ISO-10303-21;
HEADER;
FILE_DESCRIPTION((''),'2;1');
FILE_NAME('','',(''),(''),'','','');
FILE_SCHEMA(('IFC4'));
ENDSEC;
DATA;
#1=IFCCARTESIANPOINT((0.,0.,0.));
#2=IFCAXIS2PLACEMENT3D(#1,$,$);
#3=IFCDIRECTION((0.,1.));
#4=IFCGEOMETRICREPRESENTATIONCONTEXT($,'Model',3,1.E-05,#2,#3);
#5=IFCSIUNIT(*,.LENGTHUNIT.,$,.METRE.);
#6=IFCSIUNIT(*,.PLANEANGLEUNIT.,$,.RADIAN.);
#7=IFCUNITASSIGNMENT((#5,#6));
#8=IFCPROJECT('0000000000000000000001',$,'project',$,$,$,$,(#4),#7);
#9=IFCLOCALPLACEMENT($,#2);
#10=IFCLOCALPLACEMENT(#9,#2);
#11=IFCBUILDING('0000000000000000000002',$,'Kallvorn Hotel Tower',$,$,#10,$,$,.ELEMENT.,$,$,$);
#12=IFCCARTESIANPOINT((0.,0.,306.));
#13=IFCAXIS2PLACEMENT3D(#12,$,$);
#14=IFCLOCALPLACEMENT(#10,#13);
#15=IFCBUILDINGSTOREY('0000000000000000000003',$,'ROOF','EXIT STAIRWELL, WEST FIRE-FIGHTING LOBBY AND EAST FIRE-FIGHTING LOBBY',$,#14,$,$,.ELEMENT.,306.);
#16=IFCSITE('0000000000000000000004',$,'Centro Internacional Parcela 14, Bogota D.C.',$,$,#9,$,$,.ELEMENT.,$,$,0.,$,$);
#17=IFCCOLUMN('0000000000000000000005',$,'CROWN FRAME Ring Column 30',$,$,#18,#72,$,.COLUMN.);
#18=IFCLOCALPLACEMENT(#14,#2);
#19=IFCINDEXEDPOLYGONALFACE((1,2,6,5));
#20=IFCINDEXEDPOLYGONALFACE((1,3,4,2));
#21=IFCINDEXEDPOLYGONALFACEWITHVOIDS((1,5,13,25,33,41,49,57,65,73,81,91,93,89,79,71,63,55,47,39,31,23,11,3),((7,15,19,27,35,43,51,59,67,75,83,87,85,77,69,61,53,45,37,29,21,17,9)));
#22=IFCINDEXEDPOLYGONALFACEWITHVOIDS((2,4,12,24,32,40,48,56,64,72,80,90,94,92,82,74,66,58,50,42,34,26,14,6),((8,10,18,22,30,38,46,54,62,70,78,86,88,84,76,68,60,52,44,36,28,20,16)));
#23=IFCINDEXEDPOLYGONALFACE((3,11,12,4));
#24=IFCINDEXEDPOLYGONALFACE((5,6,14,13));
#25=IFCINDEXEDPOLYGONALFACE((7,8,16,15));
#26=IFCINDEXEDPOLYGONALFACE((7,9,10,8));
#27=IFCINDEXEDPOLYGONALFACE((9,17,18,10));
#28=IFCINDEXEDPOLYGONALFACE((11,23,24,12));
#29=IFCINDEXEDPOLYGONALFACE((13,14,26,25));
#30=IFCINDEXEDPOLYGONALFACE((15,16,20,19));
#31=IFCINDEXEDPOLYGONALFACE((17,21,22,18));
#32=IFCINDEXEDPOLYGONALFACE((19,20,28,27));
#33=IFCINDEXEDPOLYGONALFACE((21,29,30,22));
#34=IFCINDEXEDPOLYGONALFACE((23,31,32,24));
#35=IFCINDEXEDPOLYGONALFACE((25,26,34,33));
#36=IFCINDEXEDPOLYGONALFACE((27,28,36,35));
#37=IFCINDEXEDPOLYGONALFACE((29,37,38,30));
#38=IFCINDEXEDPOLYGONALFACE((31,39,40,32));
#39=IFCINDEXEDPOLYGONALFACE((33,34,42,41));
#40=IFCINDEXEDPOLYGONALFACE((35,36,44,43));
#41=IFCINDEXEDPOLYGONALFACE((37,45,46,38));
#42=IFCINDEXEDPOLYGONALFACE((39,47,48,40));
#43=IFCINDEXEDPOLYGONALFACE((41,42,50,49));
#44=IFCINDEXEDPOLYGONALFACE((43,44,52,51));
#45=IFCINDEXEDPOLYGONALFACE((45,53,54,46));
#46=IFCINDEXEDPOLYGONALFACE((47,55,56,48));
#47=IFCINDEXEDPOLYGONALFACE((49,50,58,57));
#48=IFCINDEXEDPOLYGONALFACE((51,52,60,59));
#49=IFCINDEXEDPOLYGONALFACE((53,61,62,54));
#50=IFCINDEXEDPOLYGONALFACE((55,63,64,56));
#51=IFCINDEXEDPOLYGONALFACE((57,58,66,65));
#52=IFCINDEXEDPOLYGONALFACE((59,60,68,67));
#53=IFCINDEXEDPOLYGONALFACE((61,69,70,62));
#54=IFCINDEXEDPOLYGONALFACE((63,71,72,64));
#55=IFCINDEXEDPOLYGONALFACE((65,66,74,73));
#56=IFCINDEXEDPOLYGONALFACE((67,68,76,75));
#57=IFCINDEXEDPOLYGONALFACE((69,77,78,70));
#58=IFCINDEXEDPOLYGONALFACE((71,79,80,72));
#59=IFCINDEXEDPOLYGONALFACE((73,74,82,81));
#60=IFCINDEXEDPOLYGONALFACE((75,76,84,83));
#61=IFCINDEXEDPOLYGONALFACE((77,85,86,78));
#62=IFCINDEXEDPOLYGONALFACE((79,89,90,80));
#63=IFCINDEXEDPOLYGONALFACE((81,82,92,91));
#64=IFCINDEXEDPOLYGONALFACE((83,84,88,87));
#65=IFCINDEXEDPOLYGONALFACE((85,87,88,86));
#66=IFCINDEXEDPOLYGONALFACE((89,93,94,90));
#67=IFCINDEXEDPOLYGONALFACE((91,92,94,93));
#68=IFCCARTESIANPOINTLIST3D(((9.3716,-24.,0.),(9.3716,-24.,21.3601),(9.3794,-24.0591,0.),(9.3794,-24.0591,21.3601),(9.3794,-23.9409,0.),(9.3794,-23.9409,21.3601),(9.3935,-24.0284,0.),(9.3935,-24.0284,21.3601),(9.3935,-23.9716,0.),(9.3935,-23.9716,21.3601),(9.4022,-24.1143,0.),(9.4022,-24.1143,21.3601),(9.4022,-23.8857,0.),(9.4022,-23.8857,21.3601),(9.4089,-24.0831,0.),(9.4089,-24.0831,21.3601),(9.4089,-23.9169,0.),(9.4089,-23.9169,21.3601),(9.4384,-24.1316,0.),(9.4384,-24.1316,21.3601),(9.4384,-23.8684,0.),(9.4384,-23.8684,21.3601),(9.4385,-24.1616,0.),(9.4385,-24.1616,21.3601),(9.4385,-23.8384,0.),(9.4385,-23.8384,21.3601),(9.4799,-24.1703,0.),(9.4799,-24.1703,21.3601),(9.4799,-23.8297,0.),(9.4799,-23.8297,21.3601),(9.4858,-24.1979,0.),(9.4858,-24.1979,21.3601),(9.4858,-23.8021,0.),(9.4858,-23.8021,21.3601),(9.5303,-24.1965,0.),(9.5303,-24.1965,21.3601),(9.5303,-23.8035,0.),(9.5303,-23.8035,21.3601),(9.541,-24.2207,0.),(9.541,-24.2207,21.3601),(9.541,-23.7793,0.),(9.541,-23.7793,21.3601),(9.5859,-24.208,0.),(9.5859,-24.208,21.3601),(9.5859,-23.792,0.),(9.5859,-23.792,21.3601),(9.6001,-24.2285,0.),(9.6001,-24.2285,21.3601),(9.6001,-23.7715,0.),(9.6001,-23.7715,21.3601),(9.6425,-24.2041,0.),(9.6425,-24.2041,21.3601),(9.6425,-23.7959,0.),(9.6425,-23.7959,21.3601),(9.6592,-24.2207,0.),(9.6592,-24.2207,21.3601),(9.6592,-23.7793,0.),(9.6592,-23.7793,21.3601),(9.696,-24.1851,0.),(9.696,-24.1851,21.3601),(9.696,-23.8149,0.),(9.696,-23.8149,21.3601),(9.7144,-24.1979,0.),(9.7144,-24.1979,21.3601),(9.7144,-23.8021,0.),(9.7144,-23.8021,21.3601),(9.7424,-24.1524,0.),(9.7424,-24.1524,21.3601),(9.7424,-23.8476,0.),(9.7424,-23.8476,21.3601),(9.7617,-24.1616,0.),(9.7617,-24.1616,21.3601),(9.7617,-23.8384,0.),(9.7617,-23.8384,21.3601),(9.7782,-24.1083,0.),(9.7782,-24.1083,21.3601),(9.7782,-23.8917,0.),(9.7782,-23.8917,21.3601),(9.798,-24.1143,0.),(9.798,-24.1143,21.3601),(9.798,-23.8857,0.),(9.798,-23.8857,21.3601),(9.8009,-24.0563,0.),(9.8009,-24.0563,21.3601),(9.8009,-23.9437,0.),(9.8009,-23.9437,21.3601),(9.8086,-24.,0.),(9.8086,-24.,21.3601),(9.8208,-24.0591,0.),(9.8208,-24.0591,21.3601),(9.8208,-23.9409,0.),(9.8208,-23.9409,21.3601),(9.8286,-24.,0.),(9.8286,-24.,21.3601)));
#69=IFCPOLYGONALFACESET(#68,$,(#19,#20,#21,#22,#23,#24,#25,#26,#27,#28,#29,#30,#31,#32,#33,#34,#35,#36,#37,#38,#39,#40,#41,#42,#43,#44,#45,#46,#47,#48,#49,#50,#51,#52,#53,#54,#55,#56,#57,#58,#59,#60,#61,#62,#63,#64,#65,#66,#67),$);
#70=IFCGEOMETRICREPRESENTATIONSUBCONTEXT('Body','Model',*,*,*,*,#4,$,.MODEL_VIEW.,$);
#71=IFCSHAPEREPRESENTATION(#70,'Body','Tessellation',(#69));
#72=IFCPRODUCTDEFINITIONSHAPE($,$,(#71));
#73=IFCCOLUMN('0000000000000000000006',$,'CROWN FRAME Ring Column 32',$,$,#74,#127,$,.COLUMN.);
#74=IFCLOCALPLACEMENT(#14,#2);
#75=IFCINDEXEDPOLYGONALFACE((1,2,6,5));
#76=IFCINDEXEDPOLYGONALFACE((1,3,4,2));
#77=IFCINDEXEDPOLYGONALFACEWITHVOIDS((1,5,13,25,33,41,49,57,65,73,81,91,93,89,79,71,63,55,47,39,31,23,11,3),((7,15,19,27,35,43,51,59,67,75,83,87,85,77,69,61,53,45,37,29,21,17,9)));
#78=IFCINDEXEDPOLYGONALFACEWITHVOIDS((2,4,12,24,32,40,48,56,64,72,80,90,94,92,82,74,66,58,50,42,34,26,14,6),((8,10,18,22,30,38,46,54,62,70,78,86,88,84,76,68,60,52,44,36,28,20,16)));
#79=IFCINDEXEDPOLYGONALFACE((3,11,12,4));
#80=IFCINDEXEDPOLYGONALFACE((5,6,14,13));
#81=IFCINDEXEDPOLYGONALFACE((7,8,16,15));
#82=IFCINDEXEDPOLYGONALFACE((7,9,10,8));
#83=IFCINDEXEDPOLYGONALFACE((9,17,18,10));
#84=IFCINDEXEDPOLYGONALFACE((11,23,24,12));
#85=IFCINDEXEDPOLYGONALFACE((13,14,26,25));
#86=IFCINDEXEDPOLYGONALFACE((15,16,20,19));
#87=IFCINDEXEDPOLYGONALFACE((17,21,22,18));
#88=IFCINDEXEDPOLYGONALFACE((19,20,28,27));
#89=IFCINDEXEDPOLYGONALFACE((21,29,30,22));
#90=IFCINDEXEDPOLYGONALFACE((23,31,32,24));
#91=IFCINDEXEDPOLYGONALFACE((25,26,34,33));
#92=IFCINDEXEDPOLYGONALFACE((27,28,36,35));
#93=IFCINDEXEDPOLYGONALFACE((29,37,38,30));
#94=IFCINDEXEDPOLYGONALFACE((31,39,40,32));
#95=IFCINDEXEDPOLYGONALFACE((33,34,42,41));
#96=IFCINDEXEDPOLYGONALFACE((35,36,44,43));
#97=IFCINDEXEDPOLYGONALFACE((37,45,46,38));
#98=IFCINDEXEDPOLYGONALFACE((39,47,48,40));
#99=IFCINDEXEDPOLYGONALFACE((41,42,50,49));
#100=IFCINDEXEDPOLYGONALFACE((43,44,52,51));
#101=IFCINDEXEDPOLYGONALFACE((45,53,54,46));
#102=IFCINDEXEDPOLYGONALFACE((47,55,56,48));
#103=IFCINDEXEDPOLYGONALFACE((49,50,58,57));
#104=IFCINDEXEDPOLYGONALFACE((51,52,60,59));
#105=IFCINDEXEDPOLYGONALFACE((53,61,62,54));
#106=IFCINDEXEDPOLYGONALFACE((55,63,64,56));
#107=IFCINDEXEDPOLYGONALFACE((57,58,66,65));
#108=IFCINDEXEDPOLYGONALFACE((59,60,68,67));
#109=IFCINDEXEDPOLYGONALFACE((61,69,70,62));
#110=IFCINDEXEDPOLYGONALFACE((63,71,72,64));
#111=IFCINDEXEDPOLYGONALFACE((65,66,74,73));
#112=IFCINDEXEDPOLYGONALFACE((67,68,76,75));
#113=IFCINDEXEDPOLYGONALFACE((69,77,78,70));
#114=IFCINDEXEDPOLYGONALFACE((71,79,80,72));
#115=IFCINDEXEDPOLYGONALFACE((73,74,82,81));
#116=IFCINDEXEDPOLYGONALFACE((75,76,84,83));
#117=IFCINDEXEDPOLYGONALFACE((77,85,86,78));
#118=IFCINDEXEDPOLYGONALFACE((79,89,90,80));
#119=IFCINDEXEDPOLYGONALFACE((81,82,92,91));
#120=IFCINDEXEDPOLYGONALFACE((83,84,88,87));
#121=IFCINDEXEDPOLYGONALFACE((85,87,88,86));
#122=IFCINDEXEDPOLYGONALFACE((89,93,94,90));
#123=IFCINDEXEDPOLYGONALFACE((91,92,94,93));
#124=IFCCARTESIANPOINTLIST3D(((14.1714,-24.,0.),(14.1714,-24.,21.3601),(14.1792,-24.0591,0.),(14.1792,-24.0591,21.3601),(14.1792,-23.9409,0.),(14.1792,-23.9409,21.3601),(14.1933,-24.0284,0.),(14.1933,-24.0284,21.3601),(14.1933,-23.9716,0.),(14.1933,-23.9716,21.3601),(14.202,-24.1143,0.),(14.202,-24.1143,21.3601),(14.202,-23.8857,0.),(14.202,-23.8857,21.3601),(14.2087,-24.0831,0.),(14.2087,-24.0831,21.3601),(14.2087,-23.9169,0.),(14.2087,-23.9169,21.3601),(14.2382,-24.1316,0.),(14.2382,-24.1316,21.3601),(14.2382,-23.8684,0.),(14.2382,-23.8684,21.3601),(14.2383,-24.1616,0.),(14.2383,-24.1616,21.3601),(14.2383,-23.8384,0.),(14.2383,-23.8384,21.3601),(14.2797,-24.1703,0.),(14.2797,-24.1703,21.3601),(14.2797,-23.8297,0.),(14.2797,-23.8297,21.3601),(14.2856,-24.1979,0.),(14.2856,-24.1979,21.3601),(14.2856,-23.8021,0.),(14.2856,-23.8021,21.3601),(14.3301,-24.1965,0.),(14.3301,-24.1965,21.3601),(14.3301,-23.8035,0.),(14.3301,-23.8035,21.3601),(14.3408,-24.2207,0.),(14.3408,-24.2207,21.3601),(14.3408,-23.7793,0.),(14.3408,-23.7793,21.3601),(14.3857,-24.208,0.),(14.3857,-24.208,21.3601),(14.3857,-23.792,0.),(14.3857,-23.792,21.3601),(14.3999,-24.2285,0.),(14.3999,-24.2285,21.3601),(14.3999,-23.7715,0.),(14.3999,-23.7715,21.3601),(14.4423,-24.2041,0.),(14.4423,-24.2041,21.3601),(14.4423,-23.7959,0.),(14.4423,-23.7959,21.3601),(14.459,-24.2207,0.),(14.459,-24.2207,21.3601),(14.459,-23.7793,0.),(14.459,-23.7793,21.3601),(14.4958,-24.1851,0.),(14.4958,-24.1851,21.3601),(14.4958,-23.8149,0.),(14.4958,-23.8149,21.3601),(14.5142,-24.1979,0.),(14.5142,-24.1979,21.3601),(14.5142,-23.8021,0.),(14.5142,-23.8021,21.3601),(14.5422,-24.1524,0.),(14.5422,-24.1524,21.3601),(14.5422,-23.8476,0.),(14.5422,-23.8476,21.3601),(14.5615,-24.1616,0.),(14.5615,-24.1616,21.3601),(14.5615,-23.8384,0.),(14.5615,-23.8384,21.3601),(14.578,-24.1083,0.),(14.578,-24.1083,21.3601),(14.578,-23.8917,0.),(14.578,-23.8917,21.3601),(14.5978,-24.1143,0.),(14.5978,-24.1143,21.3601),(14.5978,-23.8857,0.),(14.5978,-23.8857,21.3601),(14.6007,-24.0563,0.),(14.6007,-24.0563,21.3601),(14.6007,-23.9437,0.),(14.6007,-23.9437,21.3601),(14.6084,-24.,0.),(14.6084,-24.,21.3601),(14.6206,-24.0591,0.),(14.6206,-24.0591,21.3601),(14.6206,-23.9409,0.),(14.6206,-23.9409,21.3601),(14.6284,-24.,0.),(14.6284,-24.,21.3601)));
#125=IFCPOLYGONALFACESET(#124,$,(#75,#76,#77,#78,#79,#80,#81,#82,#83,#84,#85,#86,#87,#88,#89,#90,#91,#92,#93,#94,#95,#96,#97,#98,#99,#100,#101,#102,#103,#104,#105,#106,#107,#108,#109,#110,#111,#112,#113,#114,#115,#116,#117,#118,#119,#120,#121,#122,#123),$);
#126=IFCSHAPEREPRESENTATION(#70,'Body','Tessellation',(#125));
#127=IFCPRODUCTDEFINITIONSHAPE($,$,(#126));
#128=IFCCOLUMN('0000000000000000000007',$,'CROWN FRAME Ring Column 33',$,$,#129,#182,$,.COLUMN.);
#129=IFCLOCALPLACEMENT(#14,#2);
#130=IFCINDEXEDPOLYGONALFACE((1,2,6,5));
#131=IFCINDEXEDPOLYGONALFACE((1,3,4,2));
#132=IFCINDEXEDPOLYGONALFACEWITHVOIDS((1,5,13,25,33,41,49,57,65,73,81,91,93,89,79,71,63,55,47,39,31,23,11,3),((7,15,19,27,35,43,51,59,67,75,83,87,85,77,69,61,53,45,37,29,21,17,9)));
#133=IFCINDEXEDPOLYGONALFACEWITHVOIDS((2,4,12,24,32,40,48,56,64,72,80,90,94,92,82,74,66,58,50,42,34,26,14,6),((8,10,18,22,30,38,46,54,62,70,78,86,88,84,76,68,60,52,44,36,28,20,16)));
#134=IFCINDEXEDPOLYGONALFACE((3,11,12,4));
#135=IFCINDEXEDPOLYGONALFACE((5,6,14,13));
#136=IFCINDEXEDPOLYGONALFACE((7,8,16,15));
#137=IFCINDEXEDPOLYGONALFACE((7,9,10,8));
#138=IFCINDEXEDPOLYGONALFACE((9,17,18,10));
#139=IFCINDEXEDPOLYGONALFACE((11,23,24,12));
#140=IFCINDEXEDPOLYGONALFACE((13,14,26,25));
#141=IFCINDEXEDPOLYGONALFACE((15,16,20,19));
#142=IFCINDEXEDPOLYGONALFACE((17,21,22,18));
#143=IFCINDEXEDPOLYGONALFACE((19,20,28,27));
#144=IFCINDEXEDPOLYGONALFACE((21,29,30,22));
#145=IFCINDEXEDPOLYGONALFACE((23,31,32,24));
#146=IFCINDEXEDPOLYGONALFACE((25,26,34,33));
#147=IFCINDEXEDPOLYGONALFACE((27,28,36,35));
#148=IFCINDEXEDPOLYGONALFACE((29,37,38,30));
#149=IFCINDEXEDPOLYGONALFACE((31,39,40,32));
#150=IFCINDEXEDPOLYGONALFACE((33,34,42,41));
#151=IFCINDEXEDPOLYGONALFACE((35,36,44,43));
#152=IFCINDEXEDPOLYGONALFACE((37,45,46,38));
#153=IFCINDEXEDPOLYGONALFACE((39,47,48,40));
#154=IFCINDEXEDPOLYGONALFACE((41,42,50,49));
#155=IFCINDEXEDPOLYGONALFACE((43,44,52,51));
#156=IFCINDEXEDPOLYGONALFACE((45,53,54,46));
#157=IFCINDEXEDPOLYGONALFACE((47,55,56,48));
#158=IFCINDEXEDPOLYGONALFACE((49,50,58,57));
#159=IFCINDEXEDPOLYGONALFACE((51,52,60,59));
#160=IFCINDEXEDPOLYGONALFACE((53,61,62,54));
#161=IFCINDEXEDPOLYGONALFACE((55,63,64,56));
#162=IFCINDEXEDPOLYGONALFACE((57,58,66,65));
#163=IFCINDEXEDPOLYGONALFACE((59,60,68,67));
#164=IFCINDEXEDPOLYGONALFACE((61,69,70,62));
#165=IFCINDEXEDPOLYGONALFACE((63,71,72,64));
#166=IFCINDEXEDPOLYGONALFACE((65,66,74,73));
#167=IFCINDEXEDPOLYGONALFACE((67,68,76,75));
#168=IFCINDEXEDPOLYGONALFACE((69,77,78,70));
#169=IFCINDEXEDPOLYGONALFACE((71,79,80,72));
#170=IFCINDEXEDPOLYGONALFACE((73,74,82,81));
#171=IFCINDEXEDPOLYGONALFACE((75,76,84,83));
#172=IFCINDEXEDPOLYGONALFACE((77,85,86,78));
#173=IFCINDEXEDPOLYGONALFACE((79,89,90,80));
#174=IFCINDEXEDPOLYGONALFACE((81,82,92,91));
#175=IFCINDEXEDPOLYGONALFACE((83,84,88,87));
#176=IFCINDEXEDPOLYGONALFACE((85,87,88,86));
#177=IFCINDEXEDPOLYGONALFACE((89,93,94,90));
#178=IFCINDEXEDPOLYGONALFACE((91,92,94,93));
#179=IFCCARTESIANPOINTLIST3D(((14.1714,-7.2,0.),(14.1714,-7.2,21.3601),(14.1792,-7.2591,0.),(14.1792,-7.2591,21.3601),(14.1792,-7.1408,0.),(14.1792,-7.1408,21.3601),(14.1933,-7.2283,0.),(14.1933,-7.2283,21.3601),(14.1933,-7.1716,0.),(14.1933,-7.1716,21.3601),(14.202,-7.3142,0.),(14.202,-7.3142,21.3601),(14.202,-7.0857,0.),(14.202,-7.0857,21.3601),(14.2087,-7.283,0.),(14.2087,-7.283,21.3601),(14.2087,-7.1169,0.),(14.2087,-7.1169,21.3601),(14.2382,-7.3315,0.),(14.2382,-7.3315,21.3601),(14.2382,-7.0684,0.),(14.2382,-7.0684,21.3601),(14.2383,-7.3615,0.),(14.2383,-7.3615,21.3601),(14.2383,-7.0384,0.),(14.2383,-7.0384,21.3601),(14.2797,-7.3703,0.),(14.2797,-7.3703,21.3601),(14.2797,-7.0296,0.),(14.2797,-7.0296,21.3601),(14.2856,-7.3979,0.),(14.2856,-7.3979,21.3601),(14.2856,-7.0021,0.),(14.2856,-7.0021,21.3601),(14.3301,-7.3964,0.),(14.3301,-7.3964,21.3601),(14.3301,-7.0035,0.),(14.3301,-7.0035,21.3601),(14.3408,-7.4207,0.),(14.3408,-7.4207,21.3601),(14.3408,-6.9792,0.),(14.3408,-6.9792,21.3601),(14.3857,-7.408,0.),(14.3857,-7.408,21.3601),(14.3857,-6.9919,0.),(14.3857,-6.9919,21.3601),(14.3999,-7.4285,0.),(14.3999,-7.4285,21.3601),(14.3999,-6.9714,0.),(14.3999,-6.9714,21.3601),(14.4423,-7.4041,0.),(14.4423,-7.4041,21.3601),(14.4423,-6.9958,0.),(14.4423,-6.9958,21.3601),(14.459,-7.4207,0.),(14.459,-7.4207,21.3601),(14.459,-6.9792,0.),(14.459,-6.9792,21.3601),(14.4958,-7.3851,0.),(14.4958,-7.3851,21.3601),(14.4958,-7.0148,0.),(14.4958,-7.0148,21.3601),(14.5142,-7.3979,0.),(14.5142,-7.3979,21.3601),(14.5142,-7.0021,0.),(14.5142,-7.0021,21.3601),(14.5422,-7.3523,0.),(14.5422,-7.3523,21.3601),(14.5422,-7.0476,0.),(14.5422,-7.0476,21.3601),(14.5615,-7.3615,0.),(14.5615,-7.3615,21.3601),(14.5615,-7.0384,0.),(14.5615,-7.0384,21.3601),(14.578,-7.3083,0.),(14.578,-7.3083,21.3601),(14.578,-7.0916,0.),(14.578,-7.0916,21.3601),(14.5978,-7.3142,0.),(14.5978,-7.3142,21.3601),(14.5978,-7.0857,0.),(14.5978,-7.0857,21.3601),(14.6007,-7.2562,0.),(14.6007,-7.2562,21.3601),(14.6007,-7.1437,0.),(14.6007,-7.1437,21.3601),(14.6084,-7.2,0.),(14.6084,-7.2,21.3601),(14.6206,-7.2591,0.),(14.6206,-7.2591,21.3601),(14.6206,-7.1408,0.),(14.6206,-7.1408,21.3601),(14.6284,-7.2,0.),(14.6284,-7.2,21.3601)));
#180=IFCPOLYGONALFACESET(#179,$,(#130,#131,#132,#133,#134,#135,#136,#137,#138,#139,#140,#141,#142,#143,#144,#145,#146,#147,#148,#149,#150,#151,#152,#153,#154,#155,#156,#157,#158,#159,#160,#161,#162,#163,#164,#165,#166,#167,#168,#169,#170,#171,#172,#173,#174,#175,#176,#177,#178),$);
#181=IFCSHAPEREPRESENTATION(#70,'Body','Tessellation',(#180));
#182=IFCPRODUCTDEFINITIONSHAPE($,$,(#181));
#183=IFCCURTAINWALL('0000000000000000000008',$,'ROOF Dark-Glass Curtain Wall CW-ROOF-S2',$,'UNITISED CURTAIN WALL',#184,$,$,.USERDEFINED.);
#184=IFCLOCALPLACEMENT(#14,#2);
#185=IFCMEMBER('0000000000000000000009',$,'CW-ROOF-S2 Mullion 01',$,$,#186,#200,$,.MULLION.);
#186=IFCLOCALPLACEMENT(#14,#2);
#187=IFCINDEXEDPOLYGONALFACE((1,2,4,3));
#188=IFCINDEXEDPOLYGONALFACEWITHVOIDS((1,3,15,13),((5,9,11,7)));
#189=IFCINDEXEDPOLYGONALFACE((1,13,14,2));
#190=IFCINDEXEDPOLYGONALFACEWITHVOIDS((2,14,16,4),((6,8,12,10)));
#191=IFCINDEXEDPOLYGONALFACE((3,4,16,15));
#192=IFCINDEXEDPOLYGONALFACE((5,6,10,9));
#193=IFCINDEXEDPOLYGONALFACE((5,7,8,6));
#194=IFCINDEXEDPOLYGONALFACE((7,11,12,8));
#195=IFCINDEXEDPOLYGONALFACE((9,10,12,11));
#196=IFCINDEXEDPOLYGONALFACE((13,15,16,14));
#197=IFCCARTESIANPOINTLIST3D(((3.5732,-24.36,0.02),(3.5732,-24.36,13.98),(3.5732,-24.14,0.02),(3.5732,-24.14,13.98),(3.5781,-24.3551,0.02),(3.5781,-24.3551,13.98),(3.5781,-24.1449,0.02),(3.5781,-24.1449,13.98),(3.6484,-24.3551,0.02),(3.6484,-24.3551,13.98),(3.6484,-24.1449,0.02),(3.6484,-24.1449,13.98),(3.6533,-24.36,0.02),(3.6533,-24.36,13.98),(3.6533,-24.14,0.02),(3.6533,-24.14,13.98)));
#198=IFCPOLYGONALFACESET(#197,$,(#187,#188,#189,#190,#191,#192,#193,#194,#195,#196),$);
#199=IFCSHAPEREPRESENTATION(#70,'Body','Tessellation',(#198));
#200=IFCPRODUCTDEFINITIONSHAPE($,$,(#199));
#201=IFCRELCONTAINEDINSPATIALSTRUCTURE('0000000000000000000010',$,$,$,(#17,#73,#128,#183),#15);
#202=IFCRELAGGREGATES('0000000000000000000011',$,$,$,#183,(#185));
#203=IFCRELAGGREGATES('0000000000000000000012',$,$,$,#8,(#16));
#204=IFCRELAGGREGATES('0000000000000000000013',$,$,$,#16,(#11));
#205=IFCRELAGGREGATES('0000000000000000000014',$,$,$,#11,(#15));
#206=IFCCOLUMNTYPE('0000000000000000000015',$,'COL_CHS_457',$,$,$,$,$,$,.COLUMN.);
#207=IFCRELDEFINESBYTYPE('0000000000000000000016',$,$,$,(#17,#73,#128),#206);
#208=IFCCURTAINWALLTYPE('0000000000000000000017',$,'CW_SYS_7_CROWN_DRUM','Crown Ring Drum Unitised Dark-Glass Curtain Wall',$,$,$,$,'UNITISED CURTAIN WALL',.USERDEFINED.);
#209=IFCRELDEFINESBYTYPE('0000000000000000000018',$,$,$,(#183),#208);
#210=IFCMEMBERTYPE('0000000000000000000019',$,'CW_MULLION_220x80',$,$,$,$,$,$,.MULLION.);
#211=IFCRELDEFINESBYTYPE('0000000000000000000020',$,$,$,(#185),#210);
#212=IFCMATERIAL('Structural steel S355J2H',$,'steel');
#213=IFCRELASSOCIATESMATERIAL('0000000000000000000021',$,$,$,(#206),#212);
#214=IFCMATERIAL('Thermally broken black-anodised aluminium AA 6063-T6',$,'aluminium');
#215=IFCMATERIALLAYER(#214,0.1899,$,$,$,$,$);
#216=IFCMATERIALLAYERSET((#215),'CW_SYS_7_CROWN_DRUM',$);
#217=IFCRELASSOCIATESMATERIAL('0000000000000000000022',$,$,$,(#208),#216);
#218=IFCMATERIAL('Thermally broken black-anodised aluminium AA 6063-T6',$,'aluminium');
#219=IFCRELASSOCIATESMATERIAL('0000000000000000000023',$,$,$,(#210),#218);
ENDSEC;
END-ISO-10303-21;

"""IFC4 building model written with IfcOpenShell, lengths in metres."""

from ifc_helpers import new_model, si_unit, direction, frame, origin, origin_2d, place, context, subcontext, project, spatial, hollow_rectangle, hollow_circle, extrude, material, layer, layer_set, material_profile, profile_set, type_object, element, aggregate, save


model = new_model("IFC4")

# Units and contexts
model_context = context("Model", 3, precision=1e-05, world=origin(), true_north=direction((0.0, 1.0)))
body_context = subcontext(model_context, "Body", "Model", "MODEL_VIEW")
ifc_project = project(units=[si_unit("LENGTHUNIT", "METRE"), si_unit("PLANEANGLEUNIT", "RADIAN")], contexts=[model_context])

# Site, building, storey
site_placement = place(None, origin())
site = spatial("IfcSite", under=ifc_project, at=site_placement, Name="Centro Internacional Parcela 14, Bogota D.C.", CompositionType="ELEMENT", RefElevation=0.0)
building_placement = place(site_placement, origin())
building = spatial("IfcBuilding", under=site, at=building_placement, Name="Kallvorn Hotel Tower", CompositionType="ELEMENT")
storey_placement = place(building_placement, frame((0.0, 0.0, 306.0)))
storey = spatial("IfcBuildingStorey", under=building, at=storey_placement, Name="ROOF", Description="EXIT STAIRWELL, WEST FIRE-FIGHTING LOBBY AND EAST FIRE-FIGHTING LOBBY", CompositionType="ELEMENT", Elevation=306.0)

# Columns
ifc_material_1 = material(Name="Structural steel S355J2H", Category="steel")
ifc_material_profile_1 = material_profile(ifc_material_1, hollow_circle(Radius=0.2285, WallThickness=0.02, at=origin_2d()), Name="CHS 457x20")
ifc_profile_set_1 = profile_set([ifc_material_profile_1], Name="Structural steel S355J2H")
column_type = type_object("IfcColumnType", Name="COL_CHS_457", PredefinedType="COLUMN", material=ifc_profile_set_1)
for number, where, z_axis, x_axis, name in (
    (1, (9.6001, -24.0, 0.0), (0.0, 0.0, 1.0), (1.0, 0.0, 0.0), "CROWN FRAME Ring Column 30"),
    (2, (14.3999, -24.0, 0.0), (0.0, 0.0, 1.0), (1.0, 0.0, 0.0), "CROWN FRAME Ring Column 32"),
    (3, (14.3999, -7.2, 0.0), (0.0, 0.0, 1.0), (1.0, 0.0, 0.0), "CROWN FRAME Ring Column 33"),
):
    element("IfcColumn", number, at=place(storey_placement, frame(where, z_axis=z_axis, x_axis=x_axis)), inside=storey, type_object=column_type, Name=name, PredefinedType="COLUMN", context=body_context, shape_type="SweptSolid", body=[
        extrude(hollow_circle(Radius=0.2285, WallThickness=0.02, at=origin_2d()), origin(), (0.0, 0.0, 1.0), 21.3601),
    ])

# Curtain wall, member
ifc_material_2 = material(Name="Thermally broken black-anodised aluminium AA 6063-T6", Category="aluminium")
ifc_layer_1 = layer(ifc_material_2, 0.1899)
ifc_layer_set_1 = layer_set([ifc_layer_1], Name="CW_SYS_7_CROWN_DRUM")
curtain_wall_type = type_object("IfcCurtainWallType", Name="CW_SYS_7_CROWN_DRUM", Description="Crown Ring Drum Unitised Dark-Glass Curtain Wall", ElementType="UNITISED CURTAIN WALL", PredefinedType="USERDEFINED", material=ifc_layer_set_1)
curtain_wall_placement = place(storey_placement, origin())
curtain_wall = element("IfcCurtainWall", 4, at=curtain_wall_placement, inside=storey, type_object=curtain_wall_type, Name="ROOF Dark-Glass Curtain Wall CW-ROOF-S2", ObjectType="UNITISED CURTAIN WALL", PredefinedType="USERDEFINED")
ifc_material_3 = material(Name="Thermally broken black-anodised aluminium AA 6063-T6", Category="aluminium")
ifc_material_profile_2 = material_profile(ifc_material_3, hollow_rectangle(XDim=0.0801, YDim=0.22, WallThickness=0.0049, at=origin_2d()), Name="MUL 220x80")
ifc_profile_set_2 = profile_set([ifc_material_profile_2], Name="Thermally broken black-anodised aluminium AA 6063-T6")
member_type = type_object("IfcMemberType", Name="CW_MULLION_220x80", PredefinedType="MULLION", material=ifc_profile_set_2)
member_1_placement = place(storey_placement, frame((3.6133, -24.25, 0.02), z_axis=(0.0, 0.0, 1.0), x_axis=(1.0, 0.0, 0.0)))
member_1 = element("IfcMember", 5, at=member_1_placement, type_object=member_type, Name="CW-ROOF-S2 Mullion 01", PredefinedType="MULLION", context=body_context, shape_type="SweptSolid", body=[
    extrude(hollow_rectangle(XDim=0.0801, YDim=0.22, WallThickness=0.0049, at=origin_2d()), origin(), (0.0, 0.0, 1.0), 13.96),
])
aggregate(curtain_wall, [member_1])

save(model, "model.ifc")
